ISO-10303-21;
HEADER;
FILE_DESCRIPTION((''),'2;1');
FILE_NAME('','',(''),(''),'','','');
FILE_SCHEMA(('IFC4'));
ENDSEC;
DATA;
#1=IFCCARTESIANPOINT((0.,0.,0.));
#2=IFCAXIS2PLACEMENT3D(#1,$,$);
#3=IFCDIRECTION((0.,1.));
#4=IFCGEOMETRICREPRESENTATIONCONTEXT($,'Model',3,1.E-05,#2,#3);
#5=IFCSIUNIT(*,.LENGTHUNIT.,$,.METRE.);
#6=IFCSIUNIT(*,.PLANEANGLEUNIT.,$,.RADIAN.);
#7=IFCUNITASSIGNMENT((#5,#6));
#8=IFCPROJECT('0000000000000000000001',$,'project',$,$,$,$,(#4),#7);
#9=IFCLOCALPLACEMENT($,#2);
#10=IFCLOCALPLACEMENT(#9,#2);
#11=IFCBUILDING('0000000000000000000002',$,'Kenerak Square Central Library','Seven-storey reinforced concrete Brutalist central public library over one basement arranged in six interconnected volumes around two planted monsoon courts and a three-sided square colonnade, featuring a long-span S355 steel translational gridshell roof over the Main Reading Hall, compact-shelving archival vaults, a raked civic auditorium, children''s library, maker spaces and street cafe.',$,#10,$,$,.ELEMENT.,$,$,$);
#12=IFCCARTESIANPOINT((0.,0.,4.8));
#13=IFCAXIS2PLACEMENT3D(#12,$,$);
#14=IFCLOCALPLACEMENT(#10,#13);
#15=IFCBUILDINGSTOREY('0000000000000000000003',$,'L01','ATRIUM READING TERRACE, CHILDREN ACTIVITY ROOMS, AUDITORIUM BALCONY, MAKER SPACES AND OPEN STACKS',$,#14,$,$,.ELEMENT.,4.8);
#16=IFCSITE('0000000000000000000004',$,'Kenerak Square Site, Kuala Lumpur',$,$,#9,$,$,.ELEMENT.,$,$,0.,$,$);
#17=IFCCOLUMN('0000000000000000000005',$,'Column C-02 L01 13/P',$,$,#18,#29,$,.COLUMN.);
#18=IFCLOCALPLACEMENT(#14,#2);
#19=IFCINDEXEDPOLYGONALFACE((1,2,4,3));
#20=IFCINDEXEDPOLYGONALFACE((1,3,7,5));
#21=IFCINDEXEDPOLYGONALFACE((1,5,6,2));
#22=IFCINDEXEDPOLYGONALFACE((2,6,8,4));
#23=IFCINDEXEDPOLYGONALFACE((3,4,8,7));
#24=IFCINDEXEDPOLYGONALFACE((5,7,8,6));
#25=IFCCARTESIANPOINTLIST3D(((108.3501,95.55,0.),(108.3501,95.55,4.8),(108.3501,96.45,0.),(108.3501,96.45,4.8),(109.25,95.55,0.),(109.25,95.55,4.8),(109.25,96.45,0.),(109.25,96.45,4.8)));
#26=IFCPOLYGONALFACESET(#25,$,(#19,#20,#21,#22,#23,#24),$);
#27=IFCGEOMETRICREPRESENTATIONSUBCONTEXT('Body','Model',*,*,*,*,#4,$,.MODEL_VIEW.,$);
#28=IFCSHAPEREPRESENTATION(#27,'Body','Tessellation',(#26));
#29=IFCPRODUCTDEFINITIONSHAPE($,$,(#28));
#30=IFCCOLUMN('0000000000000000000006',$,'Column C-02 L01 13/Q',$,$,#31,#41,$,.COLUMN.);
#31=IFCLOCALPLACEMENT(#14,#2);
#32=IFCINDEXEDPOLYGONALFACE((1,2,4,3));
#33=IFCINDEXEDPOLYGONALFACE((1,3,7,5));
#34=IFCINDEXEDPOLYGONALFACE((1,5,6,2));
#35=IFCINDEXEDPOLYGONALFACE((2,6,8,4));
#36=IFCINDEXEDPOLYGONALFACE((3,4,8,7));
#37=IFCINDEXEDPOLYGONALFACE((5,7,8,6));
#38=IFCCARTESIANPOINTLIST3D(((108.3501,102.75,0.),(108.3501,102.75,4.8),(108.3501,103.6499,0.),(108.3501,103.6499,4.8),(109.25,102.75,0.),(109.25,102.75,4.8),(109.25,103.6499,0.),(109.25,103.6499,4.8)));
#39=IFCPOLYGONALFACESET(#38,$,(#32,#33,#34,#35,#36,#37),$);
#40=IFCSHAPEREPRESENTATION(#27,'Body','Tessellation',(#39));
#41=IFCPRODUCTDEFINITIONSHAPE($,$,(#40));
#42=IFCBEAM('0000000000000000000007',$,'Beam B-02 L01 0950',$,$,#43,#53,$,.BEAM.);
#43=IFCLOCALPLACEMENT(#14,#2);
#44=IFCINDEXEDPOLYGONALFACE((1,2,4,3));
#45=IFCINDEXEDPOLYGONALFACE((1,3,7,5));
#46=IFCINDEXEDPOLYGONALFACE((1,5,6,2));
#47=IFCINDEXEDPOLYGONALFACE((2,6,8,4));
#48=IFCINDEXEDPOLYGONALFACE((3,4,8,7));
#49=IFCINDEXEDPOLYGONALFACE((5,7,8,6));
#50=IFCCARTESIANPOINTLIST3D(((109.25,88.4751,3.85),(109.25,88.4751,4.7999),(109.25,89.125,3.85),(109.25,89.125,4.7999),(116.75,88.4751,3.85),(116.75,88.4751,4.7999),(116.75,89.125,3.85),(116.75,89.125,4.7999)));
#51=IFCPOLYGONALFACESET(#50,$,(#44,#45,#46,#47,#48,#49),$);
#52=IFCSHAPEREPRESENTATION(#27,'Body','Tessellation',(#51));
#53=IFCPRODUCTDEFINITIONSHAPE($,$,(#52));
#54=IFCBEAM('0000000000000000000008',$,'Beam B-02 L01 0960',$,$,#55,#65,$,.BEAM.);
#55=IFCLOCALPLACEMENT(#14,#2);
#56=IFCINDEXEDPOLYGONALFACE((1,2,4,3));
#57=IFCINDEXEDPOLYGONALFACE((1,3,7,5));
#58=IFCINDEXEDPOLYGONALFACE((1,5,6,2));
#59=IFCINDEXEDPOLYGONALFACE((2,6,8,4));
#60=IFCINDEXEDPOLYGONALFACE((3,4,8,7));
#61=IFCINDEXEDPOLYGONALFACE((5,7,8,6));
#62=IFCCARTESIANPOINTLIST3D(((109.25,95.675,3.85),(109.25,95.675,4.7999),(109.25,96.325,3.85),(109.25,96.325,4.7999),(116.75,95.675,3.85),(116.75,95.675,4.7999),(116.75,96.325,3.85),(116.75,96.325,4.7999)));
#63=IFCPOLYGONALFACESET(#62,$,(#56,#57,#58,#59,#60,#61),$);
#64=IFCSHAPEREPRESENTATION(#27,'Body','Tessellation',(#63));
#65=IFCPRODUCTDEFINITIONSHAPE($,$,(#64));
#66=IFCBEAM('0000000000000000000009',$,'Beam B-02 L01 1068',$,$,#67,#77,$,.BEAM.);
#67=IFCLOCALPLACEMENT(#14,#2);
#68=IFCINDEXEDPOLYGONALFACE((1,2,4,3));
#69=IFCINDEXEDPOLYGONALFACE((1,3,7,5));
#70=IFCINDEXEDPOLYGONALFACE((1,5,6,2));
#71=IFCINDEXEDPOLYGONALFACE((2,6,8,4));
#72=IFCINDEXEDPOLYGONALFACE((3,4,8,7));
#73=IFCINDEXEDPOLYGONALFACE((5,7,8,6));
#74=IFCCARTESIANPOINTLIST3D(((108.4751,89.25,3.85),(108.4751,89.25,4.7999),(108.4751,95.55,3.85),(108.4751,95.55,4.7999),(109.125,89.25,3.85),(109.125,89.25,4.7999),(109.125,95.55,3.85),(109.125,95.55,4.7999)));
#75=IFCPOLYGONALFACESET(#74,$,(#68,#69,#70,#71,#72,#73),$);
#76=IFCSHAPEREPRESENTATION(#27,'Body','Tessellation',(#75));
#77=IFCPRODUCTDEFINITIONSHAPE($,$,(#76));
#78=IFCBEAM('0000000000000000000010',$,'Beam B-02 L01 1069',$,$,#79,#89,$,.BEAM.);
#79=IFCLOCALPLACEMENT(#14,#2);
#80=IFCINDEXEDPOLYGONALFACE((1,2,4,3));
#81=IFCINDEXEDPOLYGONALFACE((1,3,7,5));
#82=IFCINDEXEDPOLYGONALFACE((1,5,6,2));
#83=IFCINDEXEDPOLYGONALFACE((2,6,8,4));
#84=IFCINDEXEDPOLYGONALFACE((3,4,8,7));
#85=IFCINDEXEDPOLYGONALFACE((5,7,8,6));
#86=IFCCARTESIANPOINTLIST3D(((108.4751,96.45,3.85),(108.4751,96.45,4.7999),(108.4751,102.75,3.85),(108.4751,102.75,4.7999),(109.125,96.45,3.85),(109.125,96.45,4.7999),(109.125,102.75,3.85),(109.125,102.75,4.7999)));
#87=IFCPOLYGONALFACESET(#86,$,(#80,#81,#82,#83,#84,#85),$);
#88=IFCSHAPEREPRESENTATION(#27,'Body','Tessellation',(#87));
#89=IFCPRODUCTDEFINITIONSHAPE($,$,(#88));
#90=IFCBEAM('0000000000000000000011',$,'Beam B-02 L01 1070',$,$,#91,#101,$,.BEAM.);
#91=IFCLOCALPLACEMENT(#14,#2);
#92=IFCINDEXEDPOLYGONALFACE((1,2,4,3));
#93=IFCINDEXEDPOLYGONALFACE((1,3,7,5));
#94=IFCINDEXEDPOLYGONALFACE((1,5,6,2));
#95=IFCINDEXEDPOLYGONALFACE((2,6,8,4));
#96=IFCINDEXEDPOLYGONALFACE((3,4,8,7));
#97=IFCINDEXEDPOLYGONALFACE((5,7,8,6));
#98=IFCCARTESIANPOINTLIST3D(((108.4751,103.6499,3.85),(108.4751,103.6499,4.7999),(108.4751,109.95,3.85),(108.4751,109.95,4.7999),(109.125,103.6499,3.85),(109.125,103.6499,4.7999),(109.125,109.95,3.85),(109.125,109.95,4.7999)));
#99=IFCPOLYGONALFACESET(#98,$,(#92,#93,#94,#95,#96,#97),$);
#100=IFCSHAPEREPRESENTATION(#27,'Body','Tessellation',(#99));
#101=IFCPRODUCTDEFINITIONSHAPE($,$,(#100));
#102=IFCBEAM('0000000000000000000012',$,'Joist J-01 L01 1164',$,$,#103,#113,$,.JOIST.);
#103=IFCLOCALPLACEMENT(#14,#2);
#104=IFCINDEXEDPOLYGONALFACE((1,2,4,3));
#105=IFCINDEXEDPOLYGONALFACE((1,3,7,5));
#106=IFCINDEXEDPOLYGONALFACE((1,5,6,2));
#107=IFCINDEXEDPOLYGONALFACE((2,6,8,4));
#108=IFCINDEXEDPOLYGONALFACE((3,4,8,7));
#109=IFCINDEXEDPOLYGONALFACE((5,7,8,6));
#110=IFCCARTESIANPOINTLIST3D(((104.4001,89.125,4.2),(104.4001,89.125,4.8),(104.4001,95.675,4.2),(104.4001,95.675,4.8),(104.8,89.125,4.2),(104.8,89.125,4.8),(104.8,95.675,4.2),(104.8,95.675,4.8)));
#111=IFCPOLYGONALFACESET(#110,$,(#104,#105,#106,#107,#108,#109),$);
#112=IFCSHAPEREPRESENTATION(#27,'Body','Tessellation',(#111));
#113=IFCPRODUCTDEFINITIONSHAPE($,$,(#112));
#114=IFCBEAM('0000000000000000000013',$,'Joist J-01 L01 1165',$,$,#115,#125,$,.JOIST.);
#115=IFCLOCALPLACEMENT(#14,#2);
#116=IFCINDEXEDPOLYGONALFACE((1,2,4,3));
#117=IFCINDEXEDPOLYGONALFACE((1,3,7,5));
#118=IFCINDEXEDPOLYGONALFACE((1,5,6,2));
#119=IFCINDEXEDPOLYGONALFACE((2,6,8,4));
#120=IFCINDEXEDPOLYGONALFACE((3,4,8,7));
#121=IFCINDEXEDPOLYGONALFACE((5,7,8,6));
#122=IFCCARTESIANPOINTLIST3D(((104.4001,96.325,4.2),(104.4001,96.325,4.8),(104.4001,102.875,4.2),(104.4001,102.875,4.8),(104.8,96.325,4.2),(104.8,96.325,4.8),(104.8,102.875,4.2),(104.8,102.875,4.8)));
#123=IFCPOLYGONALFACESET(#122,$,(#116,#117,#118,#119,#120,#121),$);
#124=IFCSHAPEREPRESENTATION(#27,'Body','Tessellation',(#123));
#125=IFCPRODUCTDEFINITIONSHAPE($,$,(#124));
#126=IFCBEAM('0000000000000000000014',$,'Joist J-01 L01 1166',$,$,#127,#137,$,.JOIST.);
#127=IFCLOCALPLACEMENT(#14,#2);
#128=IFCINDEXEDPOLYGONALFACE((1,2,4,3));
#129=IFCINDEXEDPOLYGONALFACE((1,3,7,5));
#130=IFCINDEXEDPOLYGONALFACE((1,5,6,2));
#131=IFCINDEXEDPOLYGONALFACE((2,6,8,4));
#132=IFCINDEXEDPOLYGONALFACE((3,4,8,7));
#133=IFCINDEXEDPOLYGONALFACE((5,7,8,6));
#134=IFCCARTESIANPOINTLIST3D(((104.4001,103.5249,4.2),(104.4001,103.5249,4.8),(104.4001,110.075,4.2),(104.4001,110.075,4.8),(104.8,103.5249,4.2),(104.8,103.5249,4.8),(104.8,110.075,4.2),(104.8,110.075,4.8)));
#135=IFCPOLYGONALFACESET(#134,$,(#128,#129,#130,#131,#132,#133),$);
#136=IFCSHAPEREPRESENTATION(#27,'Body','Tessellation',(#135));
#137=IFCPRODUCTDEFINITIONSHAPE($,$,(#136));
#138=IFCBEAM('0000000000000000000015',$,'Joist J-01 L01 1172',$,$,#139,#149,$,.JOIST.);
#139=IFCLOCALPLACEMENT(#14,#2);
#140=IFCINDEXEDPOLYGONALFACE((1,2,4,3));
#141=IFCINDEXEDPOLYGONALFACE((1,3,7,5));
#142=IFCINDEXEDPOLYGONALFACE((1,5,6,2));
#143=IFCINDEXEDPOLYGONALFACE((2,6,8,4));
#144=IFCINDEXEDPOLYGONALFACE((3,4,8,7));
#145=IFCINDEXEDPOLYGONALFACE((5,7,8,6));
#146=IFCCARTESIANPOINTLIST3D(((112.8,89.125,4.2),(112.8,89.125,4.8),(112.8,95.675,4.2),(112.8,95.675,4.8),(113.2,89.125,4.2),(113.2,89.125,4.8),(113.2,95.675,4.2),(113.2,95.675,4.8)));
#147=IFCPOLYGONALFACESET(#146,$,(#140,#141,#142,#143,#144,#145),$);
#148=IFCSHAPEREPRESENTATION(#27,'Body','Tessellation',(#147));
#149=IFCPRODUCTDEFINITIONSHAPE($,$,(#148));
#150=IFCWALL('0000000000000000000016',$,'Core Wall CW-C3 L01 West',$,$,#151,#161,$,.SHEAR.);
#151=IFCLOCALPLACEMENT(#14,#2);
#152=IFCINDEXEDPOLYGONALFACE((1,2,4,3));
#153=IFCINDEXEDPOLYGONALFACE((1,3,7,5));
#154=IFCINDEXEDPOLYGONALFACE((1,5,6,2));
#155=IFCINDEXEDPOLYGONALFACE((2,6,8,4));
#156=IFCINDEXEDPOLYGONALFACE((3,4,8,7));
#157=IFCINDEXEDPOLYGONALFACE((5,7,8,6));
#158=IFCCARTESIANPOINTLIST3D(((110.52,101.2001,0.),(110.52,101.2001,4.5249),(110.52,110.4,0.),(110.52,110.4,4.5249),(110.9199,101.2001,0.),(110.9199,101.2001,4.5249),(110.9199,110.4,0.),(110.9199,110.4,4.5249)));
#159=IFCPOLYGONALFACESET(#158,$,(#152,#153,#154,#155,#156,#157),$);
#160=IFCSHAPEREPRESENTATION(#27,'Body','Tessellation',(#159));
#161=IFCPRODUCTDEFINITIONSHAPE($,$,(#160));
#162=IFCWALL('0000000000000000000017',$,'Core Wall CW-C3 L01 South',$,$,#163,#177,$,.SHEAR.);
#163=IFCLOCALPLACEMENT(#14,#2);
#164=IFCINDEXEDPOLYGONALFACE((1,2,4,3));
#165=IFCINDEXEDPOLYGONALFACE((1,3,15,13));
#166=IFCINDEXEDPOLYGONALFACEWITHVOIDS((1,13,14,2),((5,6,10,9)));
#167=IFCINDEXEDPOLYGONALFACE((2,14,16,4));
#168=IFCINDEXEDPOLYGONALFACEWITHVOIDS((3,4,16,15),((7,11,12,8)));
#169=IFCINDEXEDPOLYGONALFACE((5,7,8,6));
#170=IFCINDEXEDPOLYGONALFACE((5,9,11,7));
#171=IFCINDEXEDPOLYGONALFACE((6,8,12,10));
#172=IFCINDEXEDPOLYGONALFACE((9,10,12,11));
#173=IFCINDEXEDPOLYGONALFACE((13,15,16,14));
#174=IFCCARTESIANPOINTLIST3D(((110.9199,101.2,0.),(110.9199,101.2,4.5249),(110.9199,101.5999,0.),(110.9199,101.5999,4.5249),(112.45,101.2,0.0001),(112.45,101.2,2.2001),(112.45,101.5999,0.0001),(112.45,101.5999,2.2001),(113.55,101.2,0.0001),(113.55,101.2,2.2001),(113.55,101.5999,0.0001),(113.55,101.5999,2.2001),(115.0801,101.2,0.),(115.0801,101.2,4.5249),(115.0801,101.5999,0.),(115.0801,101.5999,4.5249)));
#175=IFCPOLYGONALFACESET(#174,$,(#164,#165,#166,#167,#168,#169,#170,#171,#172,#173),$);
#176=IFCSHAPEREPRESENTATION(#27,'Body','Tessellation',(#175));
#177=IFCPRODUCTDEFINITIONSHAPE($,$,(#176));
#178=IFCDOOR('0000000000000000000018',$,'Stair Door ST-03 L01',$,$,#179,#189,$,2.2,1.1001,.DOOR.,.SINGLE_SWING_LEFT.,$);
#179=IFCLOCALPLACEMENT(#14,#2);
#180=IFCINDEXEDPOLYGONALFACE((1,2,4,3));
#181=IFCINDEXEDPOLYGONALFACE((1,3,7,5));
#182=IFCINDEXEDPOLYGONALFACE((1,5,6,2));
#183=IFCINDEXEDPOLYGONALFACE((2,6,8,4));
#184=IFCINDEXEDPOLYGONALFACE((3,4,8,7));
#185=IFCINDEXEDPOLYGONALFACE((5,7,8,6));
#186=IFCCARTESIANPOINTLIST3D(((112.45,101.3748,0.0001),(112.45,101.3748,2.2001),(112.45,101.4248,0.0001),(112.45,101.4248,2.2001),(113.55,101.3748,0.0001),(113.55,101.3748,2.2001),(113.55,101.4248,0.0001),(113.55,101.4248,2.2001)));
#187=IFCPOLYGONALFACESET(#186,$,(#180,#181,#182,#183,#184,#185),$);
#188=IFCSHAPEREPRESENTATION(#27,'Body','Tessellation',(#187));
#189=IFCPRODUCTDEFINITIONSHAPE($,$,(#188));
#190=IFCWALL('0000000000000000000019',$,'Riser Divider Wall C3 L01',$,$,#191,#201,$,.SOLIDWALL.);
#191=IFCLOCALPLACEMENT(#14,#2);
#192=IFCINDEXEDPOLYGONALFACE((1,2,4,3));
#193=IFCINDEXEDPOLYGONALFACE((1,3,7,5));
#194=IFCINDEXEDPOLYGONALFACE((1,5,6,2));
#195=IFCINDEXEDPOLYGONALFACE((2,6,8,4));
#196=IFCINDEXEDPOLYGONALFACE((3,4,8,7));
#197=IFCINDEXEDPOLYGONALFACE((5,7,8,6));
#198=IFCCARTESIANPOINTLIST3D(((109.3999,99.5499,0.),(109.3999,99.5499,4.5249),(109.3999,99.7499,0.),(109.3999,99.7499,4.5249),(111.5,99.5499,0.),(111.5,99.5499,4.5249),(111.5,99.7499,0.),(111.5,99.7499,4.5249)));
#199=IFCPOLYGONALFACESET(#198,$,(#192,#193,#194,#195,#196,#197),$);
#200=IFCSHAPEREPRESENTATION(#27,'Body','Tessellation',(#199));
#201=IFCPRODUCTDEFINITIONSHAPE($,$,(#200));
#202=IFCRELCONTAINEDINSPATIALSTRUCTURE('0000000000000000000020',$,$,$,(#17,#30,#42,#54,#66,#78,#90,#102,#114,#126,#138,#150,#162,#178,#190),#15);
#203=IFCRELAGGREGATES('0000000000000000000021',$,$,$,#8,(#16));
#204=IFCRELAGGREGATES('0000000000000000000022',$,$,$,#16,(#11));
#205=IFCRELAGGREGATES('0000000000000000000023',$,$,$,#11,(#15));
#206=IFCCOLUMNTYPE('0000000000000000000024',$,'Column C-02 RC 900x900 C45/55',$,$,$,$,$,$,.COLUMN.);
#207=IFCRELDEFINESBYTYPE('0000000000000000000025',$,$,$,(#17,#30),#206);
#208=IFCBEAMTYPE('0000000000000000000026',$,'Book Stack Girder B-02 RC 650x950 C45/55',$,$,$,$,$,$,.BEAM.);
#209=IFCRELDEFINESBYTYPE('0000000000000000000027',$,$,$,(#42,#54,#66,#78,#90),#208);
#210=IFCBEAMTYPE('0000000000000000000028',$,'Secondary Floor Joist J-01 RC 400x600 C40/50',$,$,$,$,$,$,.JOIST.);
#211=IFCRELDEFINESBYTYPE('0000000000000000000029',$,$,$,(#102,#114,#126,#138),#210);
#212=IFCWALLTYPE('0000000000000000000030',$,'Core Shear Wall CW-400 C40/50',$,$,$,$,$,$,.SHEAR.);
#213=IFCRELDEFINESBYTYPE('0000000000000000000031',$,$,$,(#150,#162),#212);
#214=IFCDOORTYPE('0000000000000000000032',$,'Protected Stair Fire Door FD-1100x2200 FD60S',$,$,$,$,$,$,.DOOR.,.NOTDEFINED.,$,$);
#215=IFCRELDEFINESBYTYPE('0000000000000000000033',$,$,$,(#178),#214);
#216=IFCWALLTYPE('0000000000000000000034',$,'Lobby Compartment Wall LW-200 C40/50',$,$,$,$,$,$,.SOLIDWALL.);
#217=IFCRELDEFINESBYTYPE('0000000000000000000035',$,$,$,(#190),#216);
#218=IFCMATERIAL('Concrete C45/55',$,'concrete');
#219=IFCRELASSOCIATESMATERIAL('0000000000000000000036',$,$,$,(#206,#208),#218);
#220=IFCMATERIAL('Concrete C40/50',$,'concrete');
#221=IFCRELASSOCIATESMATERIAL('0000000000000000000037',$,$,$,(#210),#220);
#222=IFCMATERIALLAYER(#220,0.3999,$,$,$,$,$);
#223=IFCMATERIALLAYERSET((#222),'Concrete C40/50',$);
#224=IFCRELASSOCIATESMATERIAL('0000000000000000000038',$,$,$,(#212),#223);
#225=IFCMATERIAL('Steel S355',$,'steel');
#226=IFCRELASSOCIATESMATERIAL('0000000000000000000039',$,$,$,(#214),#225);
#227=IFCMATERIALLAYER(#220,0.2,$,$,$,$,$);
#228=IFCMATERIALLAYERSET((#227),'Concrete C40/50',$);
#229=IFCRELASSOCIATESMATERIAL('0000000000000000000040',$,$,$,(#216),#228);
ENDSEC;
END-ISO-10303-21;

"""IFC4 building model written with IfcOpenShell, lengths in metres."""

from ifc_helpers import new_model, si_unit, direction, frame, frame_2d, origin, origin_2d, place, context, subcontext, project, spatial, rectangle, extrude, material, layer, layer_set, material_profile, profile_set, type_object, element, fill, save


model = new_model("IFC4")

# Units and contexts
model_context = context("Model", 3, precision=1e-05, world=origin(), true_north=direction((0.0, 1.0)))
body_context = subcontext(model_context, "Body", "Model", "MODEL_VIEW")
ifc_project = project(units=[si_unit("LENGTHUNIT", "METRE"), si_unit("PLANEANGLEUNIT", "RADIAN")], contexts=[model_context])

# Site, building, storey
site_placement = place(None, origin())
site = spatial("IfcSite", under=ifc_project, at=site_placement, Name="Kenerak Square Site, Kuala Lumpur", CompositionType="ELEMENT", RefElevation=0.0)
building_placement = place(site_placement, origin())
building = spatial("IfcBuilding", under=site, at=building_placement, Name="Kenerak Square Central Library", Description="Seven-storey reinforced concrete Brutalist central public library over one basement arranged in six interconnected volumes around two planted monsoon courts and a three-sided square colonnade, featuring a long-span S355 steel translational gridshell roof over the Main Reading Hall, compact-shelving archival vaults, a raked civic auditorium, children's library, maker spaces and street cafe.", CompositionType="ELEMENT")
storey_placement = place(building_placement, frame((0.0, 0.0, 4.8)))
storey = spatial("IfcBuildingStorey", under=building, at=storey_placement, Name="L01", Description="ATRIUM READING TERRACE, CHILDREN ACTIVITY ROOMS, AUDITORIUM BALCONY, MAKER SPACES AND OPEN STACKS", CompositionType="ELEMENT", Elevation=4.8)

# Columns
ifc_material_1 = material(Name="Concrete C45/55", Category="concrete")
ifc_material_profile_1 = material_profile(ifc_material_1, rectangle(XDim=0.8999, YDim=0.8999, at=origin_2d()), Name="RC 900x900")
ifc_profile_set_1 = profile_set([ifc_material_profile_1], Name="Concrete C45/55")
column_type = type_object("IfcColumnType", Name="Column C-02 RC 900x900 C45/55", PredefinedType="COLUMN", material=ifc_profile_set_1)
for number, where, z_axis, x_axis, name in (
    (1, (108.8, 96.0, 0.0), (0.0, 0.0, 1.0), (1.0, 0.0, 0.0), "Column C-02 L01 13/P"),
    (2, (108.8, 103.2, 0.0), (0.0, 0.0, 1.0), (1.0, 0.0, 0.0), "Column C-02 L01 13/Q"),
):
    element("IfcColumn", number, at=place(storey_placement, frame(where, z_axis=z_axis, x_axis=x_axis)), inside=storey, type_object=column_type, Name=name, PredefinedType="COLUMN", context=body_context, shape_type="SweptSolid", body=[
        extrude(rectangle(XDim=0.8999, YDim=0.8999, at=origin_2d()), origin(), (0.0, 0.0, 1.0), 4.8),
    ])

# Beams
ifc_material_profile_2 = material_profile(ifc_material_1, rectangle(XDim=0.6499, YDim=0.95, at=origin_2d()), Name="RC 650x950")
ifc_profile_set_2 = profile_set([ifc_material_profile_2], Name="Concrete C45/55")
beam_type_1 = type_object("IfcBeamType", Name="Book Stack Girder B-02 RC 650x950 C45/55", PredefinedType="BEAM", material=ifc_profile_set_2)
for number, where, z_axis, x_axis, name in (
    (3, (109.25, 88.8, 4.325), (1.0, 0.0, 0.0), (0.0, 1.0, 0.0), "Beam B-02 L01 0950"),
    (4, (109.25, 96.0, 4.325), (1.0, 0.0, 0.0), (0.0, 1.0, 0.0), "Beam B-02 L01 0960"),
):
    element("IfcBeam", number, at=place(storey_placement, frame(where, z_axis=z_axis, x_axis=x_axis)), inside=storey, type_object=beam_type_1, Name=name, PredefinedType="BEAM", context=body_context, shape_type="SweptSolid", body=[
        extrude(rectangle(XDim=0.6499, YDim=0.95, at=origin_2d()), origin(), (0.0, 0.0, 1.0), 7.5),
    ])
for number, where, z_axis, x_axis, name in (
    (5, (108.8, 89.25, 4.325), (0.0, 1.0, 0.0), (-1.0, 0.0, 0.0), "Beam B-02 L01 1068"),
    (6, (108.8, 96.45, 4.325), (0.0, 1.0, 0.0), (-1.0, 0.0, 0.0), "Beam B-02 L01 1069"),
    (7, (108.8, 103.6499, 4.325), (0.0, 1.0, 0.0), (-1.0, 0.0, 0.0), "Beam B-02 L01 1070"),
):
    element("IfcBeam", number, at=place(storey_placement, frame(where, z_axis=z_axis, x_axis=x_axis)), inside=storey, type_object=beam_type_1, Name=name, PredefinedType="BEAM", context=body_context, shape_type="SweptSolid", body=[
        extrude(rectangle(XDim=0.6499, YDim=0.95, at=origin_2d()), origin(), (0.0, 0.0, 1.0), 6.3),
    ])
ifc_material_2 = material(Name="Concrete C40/50", Category="concrete")
ifc_material_profile_3 = material_profile(ifc_material_2, rectangle(XDim=0.3999, YDim=0.6001, at=origin_2d()), Name="RC 400x600")
ifc_profile_set_3 = profile_set([ifc_material_profile_3], Name="Concrete C40/50")
beam_type_2 = type_object("IfcBeamType", Name="Secondary Floor Joist J-01 RC 400x600 C40/50", PredefinedType="JOIST", material=ifc_profile_set_3)
for number, where, z_axis, x_axis, name in (
    (8, (104.6001, 89.125, 4.5), (0.0, 1.0, 0.0), (-1.0, 0.0, 0.0), "Joist J-01 L01 1164"),
    (9, (104.6001, 96.325, 4.5), (0.0, 1.0, 0.0), (-1.0, 0.0, 0.0), "Joist J-01 L01 1165"),
    (10, (104.6001, 103.5249, 4.5), (0.0, 1.0, 0.0), (-1.0, 0.0, 0.0), "Joist J-01 L01 1166"),
    (11, (113.0, 89.125, 4.5), (0.0, 1.0, 0.0), (-1.0, 0.0, 0.0), "Joist J-01 L01 1172"),
):
    element("IfcBeam", number, at=place(storey_placement, frame(where, z_axis=z_axis, x_axis=x_axis)), inside=storey, type_object=beam_type_2, Name=name, PredefinedType="JOIST", context=body_context, shape_type="SweptSolid", body=[
        extrude(rectangle(XDim=0.3999, YDim=0.6001, at=origin_2d()), origin(), (0.0, 0.0, 1.0), 6.55),
    ])

# Wall
ifc_layer_1 = layer(ifc_material_2, 0.3999)
ifc_layer_set_1 = layer_set([ifc_layer_1], Name="Concrete C40/50")
wall_type_1 = type_object("IfcWallType", Name="Core Shear Wall CW-400 C40/50", PredefinedType="SHEAR", material=ifc_layer_set_1)
wall_1_placement = place(storey_placement, frame((110.72, 101.2, 0.0), z_axis=(0.0, 0.0, 1.0), x_axis=(0.0, 1.0, 0.0)))
element("IfcWall", 12, at=wall_1_placement, inside=storey, type_object=wall_type_1, Name="Core Wall CW-C3 L01 West", PredefinedType="SHEAR", context=body_context, shape_type="SweptSolid", body=[
    extrude(rectangle(XDim=9.2, YDim=0.3999, at=frame_2d((4.6001, 0.0))), origin(), (0.0, 0.0, 1.0), 4.5249),
])

# Wall, opening, door
wall_2_placement = place(storey_placement, frame((115.0801, 101.3999, 0.0), z_axis=(0.0, 0.0, 1.0), x_axis=(-1.0, 0.0, 0.0)))
wall_2 = element("IfcWall", 13, at=wall_2_placement, inside=storey, type_object=wall_type_1, Name="Core Wall CW-C3 L01 South", PredefinedType="SHEAR", context=body_context, shape_type="SweptSolid", body=[
    extrude(rectangle(XDim=4.1602, YDim=0.3999, at=frame_2d((2.0801, 0.0))), origin(), (0.0, 0.0, 1.0), 4.5249),
])
opening_1_placement = place(wall_2_placement, frame((1.53, 0.0, 0.0)))
opening_1 = element("IfcOpeningElement", 14, at=opening_1_placement, cuts=wall_2, PredefinedType="OPENING", context=body_context, shape_type="SweptSolid", body=[
    extrude(rectangle(XDim=1.1001, YDim=2.2, at=frame_2d((0.55, 1.1001))), frame((0.0, 0.21, 0.0), z_axis=(0.0, -1.0, 0.0), x_axis=(1.0, 0.0, 0.0)), (0.0, 0.0, 1.0), 0.4199),
])
ifc_material_3 = material(Name="Steel S355", Category="steel")
door_type_1 = type_object("IfcDoorType", Name="Protected Stair Fire Door FD-1100x2200 FD60S", OperationType="NOTDEFINED", PredefinedType="DOOR", material=ifc_material_3)
door_1_placement = place(opening_1_placement, frame((1.1001, 0.0, 0.0), z_axis=(0.0, 0.0, 1.0), x_axis=(-1.0, 0.0, 0.0)))
door_1 = element("IfcDoor", 15, at=door_1_placement, inside=storey, type_object=door_type_1, Name="Stair Door ST-03 L01", OperationType="SINGLE_SWING_LEFT", OverallHeight=2.2, OverallWidth=1.1001, PredefinedType="DOOR", context=body_context, shape_type="SweptSolid", body=[
    extrude(rectangle(XDim=1.1001, YDim=2.2, at=frame_2d((0.55, 1.1001))), frame((0.0, 0.0249, 0.0), z_axis=(0.0, -1.0, 0.0), x_axis=(1.0, 0.0, 0.0)), (0.0, 0.0, 1.0), 0.05),
])
fill(opening_1, door_1)

# Wall
ifc_layer_2 = layer(ifc_material_2, 0.2)
ifc_layer_set_2 = layer_set([ifc_layer_2], Name="Concrete C40/50")
wall_type_2 = type_object("IfcWallType", Name="Lobby Compartment Wall LW-200 C40/50", PredefinedType="SOLIDWALL", material=ifc_layer_set_2)
wall_3_placement = place(storey_placement, frame((109.3999, 99.6499, 0.0), z_axis=(0.0, 0.0, 1.0), x_axis=(1.0, 0.0, 0.0)))
element("IfcWall", 16, at=wall_3_placement, inside=storey, type_object=wall_type_2, Name="Riser Divider Wall C3 L01", PredefinedType="SOLIDWALL", context=body_context, shape_type="SweptSolid", body=[
    extrude(rectangle(XDim=2.1001, YDim=0.2, at=frame_2d((1.05, 0.0))), origin(), (0.0, 0.0, 1.0), 4.5249),
])

save(model, "model.ifc")
